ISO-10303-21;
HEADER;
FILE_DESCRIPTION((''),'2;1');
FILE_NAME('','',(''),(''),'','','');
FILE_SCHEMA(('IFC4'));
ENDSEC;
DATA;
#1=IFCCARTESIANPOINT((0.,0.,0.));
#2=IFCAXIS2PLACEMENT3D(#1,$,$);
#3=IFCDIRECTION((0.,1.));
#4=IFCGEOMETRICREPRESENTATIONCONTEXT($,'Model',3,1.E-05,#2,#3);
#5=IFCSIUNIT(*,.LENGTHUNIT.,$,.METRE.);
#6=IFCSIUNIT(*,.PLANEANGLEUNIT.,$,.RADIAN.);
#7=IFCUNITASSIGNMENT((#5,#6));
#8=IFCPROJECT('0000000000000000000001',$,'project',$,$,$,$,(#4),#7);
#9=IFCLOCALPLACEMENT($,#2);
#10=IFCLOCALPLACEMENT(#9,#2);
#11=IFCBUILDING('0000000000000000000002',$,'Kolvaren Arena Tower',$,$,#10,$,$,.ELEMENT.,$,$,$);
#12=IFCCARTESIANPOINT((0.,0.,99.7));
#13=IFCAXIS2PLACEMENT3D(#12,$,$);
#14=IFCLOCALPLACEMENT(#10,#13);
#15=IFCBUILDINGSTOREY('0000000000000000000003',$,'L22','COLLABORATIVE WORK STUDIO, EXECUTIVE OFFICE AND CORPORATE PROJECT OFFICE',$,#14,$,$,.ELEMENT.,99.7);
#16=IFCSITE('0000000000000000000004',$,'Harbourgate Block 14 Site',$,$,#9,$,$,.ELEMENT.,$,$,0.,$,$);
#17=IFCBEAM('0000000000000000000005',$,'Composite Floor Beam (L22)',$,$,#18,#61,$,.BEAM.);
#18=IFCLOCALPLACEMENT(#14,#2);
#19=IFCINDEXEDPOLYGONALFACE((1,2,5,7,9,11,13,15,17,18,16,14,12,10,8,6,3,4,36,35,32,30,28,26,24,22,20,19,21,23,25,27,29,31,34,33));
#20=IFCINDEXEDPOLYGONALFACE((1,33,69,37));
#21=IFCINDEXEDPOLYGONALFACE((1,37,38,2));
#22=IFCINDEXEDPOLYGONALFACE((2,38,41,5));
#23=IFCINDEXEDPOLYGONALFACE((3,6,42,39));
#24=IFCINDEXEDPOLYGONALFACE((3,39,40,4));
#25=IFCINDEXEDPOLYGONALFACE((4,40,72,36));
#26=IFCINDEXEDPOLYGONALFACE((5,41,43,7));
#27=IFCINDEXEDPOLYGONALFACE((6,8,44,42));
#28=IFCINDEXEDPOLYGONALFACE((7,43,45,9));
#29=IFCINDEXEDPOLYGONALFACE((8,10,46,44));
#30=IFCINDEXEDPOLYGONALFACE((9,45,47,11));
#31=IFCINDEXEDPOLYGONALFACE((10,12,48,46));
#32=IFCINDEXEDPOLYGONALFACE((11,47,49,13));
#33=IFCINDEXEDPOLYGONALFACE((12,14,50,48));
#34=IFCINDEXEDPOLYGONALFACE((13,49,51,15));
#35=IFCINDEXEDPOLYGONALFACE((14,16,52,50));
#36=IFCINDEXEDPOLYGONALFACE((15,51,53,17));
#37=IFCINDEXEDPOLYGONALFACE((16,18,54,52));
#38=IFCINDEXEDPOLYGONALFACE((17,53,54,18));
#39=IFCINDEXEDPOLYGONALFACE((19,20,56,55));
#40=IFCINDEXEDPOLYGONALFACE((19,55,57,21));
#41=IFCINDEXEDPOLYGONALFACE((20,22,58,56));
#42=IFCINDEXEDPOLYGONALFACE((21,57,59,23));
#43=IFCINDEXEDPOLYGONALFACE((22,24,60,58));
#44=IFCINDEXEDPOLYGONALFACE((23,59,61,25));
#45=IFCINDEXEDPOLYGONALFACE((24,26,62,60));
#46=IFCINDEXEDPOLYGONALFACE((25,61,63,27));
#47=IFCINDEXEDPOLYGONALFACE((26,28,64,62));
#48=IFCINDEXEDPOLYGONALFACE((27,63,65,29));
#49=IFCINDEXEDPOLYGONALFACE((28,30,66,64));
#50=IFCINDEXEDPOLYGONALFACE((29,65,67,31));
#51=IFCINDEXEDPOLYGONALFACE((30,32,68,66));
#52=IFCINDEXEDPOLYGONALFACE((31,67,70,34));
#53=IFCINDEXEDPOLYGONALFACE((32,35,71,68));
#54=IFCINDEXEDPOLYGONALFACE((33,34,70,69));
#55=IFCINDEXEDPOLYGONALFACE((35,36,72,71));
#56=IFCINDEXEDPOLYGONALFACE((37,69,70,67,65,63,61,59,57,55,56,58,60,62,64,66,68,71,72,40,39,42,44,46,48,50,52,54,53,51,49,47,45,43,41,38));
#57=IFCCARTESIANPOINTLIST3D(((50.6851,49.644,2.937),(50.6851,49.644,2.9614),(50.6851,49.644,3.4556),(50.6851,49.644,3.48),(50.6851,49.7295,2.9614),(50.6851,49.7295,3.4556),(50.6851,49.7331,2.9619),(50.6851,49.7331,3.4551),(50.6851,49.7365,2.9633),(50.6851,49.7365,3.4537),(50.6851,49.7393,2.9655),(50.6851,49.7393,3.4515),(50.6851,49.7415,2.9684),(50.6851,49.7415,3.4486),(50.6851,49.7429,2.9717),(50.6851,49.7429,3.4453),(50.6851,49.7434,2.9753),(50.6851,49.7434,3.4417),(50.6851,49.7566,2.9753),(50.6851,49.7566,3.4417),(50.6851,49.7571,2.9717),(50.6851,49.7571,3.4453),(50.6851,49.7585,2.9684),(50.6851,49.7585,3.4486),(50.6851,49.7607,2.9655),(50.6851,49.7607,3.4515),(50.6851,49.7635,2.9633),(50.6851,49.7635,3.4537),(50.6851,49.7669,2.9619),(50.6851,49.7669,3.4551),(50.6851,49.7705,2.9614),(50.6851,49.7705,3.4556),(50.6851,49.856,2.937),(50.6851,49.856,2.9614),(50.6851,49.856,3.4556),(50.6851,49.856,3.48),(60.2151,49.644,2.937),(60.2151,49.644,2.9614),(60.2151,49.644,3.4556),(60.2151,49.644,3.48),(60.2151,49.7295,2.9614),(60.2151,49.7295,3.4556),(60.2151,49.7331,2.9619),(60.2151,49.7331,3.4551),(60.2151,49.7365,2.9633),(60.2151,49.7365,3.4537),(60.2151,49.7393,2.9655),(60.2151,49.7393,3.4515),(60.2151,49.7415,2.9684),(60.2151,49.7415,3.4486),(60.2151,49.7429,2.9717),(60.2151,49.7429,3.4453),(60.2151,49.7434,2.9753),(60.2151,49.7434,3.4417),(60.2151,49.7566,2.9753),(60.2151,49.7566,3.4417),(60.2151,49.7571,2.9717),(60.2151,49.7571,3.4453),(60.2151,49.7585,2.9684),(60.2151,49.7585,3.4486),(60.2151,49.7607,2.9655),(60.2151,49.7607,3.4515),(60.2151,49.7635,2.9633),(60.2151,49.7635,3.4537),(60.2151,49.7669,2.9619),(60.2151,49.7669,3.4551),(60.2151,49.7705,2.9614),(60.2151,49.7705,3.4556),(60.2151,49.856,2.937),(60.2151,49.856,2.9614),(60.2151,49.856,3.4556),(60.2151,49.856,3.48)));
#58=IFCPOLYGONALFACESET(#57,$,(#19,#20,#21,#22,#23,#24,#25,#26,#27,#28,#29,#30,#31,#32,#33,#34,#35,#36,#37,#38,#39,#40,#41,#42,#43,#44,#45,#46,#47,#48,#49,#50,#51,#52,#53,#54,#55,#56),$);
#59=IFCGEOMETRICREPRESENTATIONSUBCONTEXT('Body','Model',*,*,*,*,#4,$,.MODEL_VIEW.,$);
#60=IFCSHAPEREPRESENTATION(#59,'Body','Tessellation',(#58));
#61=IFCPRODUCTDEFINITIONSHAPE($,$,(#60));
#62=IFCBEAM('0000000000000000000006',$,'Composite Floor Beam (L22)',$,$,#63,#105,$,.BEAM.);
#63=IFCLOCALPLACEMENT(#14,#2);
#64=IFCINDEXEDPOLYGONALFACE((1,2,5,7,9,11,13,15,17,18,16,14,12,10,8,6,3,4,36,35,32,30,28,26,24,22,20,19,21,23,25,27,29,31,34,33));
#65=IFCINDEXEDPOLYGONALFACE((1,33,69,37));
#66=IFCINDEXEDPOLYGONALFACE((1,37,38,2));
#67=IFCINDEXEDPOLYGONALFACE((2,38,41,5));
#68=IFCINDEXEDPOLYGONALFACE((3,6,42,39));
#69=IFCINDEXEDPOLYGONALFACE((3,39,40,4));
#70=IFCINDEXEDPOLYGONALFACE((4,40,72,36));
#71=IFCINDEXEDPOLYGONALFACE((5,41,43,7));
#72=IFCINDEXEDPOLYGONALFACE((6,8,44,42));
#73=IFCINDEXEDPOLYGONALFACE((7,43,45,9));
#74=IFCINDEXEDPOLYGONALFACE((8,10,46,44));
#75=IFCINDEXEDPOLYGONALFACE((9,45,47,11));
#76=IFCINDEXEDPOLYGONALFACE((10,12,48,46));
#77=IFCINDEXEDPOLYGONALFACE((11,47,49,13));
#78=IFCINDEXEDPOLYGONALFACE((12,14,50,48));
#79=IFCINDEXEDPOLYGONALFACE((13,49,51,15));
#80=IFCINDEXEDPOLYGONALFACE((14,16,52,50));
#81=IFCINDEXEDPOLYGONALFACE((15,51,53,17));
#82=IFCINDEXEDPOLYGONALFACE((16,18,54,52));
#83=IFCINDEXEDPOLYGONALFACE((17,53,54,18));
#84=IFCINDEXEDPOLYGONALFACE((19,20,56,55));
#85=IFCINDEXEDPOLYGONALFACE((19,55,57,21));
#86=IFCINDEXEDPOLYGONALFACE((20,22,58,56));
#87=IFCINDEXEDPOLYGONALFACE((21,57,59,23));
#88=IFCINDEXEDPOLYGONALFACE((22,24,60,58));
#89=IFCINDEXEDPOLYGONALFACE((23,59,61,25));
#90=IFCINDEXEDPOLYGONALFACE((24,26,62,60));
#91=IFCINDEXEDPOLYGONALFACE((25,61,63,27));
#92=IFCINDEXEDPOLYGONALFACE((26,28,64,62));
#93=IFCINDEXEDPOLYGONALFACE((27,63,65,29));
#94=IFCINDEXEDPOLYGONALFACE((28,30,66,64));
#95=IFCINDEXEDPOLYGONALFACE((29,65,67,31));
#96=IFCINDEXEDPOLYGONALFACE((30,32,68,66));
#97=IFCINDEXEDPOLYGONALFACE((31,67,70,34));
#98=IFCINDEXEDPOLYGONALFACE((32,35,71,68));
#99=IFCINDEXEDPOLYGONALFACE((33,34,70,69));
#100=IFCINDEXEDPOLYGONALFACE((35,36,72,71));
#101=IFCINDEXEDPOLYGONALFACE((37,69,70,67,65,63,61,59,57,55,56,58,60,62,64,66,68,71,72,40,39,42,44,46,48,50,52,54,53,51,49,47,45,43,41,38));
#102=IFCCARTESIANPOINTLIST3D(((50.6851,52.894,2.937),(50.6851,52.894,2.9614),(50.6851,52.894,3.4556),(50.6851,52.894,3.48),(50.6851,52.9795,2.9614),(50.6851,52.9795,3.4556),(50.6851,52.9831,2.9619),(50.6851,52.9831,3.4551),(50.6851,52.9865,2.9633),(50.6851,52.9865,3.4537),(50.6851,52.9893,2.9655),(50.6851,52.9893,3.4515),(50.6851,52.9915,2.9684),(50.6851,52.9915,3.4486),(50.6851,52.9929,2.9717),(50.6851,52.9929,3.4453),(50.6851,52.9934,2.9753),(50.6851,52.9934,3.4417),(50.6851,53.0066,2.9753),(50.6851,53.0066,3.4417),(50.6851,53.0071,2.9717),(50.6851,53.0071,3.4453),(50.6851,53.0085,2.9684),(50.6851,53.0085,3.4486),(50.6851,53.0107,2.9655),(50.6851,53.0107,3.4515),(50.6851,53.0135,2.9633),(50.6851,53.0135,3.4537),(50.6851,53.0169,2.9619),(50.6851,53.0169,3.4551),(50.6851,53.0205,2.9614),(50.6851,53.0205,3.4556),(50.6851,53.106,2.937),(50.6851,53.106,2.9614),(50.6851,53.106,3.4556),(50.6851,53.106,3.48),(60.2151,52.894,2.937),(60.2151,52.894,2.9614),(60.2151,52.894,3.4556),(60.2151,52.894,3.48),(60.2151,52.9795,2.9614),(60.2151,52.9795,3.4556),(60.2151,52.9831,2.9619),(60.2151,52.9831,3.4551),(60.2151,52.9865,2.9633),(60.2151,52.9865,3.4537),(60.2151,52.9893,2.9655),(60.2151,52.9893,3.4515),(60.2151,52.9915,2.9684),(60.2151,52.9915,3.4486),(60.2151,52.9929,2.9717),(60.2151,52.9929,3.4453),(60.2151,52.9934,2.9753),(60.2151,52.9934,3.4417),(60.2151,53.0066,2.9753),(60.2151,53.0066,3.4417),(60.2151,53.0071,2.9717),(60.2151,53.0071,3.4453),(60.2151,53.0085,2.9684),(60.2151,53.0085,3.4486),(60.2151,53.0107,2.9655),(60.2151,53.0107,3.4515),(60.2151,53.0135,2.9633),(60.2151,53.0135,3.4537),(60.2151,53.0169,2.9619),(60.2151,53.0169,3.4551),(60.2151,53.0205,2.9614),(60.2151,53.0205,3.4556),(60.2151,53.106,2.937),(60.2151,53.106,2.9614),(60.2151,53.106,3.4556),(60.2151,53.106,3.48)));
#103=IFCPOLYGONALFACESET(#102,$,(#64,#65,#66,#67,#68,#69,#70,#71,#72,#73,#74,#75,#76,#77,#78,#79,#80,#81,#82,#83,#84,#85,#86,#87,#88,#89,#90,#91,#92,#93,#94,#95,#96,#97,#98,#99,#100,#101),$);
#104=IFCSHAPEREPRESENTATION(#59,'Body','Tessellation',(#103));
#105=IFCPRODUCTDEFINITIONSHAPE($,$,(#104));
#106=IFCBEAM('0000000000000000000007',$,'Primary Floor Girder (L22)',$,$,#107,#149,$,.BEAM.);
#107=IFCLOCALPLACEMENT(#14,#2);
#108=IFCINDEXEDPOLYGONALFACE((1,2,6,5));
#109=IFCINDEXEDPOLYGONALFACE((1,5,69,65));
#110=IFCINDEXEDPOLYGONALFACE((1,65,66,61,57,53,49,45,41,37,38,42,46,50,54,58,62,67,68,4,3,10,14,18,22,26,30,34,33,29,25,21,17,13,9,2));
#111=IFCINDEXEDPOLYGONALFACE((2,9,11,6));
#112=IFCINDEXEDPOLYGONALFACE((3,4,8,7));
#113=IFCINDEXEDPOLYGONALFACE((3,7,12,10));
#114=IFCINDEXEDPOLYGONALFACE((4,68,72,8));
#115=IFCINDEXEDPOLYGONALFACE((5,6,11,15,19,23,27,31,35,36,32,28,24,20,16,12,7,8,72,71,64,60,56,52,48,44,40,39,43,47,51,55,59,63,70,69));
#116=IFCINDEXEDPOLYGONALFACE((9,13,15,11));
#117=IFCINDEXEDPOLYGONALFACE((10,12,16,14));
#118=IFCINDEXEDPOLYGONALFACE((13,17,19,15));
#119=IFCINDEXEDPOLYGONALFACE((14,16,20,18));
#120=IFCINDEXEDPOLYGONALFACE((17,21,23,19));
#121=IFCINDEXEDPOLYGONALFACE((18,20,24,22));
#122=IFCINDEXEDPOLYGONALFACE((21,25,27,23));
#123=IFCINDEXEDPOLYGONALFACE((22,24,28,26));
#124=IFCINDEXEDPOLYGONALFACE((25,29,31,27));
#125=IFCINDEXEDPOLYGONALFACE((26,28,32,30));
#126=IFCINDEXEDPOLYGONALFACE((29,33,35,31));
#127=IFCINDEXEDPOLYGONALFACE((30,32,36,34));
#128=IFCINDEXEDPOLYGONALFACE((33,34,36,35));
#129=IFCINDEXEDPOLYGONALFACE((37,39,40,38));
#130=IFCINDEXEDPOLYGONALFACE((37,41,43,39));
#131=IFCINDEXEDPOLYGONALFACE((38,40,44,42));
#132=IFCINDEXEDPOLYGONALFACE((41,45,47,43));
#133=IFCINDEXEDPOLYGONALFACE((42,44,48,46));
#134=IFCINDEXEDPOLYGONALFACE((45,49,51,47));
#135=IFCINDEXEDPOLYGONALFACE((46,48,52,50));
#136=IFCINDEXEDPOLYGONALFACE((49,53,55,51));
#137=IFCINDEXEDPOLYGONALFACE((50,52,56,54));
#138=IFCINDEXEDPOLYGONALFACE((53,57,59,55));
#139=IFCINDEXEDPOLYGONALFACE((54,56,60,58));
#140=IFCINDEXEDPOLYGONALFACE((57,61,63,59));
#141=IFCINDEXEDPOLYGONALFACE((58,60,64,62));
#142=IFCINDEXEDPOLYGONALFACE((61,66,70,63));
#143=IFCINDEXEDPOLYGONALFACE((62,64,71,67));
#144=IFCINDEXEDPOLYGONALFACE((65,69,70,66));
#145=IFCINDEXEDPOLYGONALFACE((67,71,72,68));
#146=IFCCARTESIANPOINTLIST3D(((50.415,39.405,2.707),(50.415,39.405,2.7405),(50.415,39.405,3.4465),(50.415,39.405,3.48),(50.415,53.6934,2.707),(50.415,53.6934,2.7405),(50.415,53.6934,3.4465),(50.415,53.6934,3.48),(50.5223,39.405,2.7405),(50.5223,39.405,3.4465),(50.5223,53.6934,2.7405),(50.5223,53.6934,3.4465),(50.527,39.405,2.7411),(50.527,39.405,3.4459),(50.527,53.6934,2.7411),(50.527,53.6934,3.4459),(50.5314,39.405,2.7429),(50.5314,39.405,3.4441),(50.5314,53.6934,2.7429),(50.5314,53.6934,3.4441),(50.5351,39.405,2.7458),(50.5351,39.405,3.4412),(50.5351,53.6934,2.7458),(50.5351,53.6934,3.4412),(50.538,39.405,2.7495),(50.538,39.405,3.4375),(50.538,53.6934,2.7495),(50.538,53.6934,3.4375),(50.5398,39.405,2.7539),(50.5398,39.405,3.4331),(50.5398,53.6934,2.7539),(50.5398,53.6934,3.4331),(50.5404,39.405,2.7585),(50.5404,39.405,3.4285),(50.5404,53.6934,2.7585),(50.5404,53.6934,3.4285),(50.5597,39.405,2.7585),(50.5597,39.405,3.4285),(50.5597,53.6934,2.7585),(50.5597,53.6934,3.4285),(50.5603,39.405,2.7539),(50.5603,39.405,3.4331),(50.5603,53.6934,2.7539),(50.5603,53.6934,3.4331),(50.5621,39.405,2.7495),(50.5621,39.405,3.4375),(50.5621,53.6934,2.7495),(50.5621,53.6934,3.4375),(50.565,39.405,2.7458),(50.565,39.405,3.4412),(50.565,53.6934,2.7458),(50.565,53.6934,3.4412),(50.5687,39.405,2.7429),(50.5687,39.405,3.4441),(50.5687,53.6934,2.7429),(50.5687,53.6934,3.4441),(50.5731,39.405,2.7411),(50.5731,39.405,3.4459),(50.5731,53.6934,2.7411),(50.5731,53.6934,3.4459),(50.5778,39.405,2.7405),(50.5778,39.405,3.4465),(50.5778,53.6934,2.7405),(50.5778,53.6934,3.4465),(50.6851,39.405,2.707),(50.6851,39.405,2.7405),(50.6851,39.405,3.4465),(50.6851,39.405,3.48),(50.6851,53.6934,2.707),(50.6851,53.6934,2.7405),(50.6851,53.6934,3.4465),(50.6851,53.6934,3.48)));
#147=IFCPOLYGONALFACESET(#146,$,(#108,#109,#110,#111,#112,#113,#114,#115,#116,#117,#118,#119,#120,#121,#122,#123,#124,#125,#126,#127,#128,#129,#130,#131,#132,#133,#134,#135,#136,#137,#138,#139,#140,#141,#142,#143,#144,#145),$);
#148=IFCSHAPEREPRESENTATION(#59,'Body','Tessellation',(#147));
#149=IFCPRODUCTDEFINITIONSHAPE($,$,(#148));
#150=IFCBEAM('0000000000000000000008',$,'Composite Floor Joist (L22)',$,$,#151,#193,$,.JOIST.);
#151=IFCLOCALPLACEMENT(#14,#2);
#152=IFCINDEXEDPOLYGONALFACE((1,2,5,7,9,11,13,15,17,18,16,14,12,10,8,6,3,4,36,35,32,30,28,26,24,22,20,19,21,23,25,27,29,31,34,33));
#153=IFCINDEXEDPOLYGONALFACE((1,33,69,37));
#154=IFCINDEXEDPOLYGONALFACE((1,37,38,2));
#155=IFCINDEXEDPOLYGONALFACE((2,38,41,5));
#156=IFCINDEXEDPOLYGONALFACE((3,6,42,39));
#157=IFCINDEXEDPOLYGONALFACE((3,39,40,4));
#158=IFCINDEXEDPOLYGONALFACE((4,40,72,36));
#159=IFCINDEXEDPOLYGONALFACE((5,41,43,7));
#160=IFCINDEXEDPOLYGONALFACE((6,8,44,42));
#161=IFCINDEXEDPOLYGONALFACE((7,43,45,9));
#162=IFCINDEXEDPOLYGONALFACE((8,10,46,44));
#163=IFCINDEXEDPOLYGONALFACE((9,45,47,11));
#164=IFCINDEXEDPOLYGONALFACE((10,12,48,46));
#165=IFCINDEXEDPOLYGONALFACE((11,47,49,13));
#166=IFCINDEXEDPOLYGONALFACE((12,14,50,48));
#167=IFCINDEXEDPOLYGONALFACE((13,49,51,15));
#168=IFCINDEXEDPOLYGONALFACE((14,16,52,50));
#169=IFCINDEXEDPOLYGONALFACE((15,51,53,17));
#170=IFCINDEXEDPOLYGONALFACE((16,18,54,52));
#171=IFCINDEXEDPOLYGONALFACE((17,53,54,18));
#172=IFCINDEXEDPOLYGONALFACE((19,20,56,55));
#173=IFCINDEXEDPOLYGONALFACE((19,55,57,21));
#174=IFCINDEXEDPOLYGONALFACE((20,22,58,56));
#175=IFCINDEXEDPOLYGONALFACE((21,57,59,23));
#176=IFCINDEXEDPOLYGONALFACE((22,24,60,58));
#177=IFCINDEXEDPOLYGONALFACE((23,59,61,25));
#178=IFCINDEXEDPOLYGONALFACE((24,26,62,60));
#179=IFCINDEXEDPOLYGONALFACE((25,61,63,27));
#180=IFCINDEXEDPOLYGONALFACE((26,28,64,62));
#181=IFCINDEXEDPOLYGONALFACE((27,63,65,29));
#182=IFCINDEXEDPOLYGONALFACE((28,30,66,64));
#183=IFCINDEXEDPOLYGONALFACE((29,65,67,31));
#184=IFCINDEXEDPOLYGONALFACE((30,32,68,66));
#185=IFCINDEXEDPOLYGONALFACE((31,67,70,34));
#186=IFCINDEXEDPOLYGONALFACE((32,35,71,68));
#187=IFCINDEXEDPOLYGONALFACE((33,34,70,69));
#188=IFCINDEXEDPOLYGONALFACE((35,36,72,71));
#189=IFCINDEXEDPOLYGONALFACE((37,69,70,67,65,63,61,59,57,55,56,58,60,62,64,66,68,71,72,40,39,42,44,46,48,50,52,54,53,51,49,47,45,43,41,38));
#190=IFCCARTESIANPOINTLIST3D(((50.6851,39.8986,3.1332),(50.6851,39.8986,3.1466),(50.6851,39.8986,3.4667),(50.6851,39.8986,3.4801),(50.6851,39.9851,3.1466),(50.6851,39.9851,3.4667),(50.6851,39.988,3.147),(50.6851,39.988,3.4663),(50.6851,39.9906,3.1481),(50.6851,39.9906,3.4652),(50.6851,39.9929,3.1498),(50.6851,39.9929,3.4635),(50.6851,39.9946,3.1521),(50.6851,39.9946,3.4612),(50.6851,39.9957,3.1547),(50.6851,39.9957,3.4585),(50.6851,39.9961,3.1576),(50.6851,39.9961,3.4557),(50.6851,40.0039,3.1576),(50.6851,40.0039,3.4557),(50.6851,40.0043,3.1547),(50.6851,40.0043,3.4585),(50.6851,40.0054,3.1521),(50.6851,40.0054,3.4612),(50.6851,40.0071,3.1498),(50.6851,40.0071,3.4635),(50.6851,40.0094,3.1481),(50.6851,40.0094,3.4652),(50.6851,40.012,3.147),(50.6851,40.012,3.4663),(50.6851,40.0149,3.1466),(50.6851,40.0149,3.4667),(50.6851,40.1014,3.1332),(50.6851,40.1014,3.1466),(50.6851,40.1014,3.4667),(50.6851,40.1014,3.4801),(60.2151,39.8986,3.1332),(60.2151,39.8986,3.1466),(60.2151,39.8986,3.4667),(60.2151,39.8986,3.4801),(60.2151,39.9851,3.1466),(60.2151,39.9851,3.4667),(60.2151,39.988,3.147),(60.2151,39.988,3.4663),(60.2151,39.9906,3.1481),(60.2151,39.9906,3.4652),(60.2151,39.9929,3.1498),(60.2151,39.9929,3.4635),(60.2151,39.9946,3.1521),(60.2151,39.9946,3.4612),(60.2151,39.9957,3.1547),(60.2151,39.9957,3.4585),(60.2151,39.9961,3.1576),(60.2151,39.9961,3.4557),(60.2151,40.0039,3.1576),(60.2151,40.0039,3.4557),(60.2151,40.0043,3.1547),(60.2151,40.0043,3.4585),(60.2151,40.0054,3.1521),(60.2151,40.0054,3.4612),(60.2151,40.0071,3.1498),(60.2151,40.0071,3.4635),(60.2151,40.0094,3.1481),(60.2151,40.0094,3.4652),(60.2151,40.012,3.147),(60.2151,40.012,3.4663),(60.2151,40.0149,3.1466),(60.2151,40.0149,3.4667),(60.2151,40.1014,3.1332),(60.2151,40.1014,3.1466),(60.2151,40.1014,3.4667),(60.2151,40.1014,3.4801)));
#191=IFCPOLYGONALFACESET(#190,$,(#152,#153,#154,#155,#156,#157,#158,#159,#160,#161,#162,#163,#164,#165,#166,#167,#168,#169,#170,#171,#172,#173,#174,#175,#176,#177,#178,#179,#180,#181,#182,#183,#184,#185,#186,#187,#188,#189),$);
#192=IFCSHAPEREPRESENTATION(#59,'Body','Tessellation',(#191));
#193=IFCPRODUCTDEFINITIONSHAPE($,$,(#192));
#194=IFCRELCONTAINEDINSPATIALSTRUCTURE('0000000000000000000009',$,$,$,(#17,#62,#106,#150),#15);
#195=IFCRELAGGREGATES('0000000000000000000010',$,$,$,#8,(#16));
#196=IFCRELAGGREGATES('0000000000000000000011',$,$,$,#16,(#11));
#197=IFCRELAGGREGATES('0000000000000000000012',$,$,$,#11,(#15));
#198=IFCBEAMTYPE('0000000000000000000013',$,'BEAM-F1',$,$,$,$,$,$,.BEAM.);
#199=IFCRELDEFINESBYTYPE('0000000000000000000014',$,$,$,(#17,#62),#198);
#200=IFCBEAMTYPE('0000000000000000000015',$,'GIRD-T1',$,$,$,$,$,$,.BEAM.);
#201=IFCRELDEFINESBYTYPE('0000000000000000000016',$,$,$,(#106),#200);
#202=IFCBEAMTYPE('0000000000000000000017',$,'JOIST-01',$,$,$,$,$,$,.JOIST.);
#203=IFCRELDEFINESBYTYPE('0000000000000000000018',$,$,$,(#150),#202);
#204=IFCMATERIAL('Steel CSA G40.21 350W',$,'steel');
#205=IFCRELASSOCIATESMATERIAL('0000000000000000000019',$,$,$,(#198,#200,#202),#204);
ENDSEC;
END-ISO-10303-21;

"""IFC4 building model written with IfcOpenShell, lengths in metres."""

from ifc_helpers import new_model, si_unit, direction, frame, origin, origin_2d, place, context, subcontext, project, spatial, i_section, extrude, material, material_profile, profile_set, type_object, element, save


model = new_model("IFC4")

# Units and contexts
model_context = context("Model", 3, precision=1e-05, world=origin(), true_north=direction((0.0, 1.0)))
body_context = subcontext(model_context, "Body", "Model", "MODEL_VIEW")
ifc_project = project(units=[si_unit("LENGTHUNIT", "METRE"), si_unit("PLANEANGLEUNIT", "RADIAN")], contexts=[model_context])

# Site, building, storey
site_placement = place(None, origin())
site = spatial("IfcSite", under=ifc_project, at=site_placement, Name="Harbourgate Block 14 Site", CompositionType="ELEMENT", RefElevation=0.0)
building_placement = place(site_placement, origin())
building = spatial("IfcBuilding", under=site, at=building_placement, Name="Kolvaren Arena Tower", CompositionType="ELEMENT")
storey_placement = place(building_placement, frame((0.0, 0.0, 99.7)))
storey = spatial("IfcBuildingStorey", under=building, at=storey_placement, Name="L22", Description="COLLABORATIVE WORK STUDIO, EXECUTIVE OFFICE AND CORPORATE PROJECT OFFICE", CompositionType="ELEMENT", Elevation=99.7)

# Beams
ifc_material_1 = material(Name="Steel CSA G40.21 350W", Category="steel")
ifc_material_profile_1 = material_profile(ifc_material_1, i_section(OverallWidth=0.2119, OverallDepth=0.543, WebThickness=0.0132, FlangeThickness=0.0244, FilletRadius=0.0139, at=origin_2d()), Name="W530x150")
ifc_profile_set_1 = profile_set([ifc_material_profile_1], Name="Steel CSA G40.21 350W")
beam_type_1 = type_object("IfcBeamType", Name="BEAM-F1", PredefinedType="BEAM", material=ifc_profile_set_1)
for number, where, z_axis, x_axis, name in (
    (1, (50.6851, 49.75, 3.2085), (1.0, 0.0, 0.0), (0.0, 1.0, 0.0), "Composite Floor Beam (L22)"),
    (2, (50.6851, 53.0, 3.2085), (1.0, 0.0, 0.0), (0.0, 1.0, 0.0), "Composite Floor Beam (L22)"),
):
    element("IfcBeam", number, at=place(storey_placement, frame(where, z_axis=z_axis, x_axis=x_axis)), inside=storey, type_object=beam_type_1, Name=name, PredefinedType="BEAM", context=body_context, shape_type="SweptSolid", body=[
        extrude(i_section(OverallWidth=0.2119, OverallDepth=0.543, WebThickness=0.0132, FlangeThickness=0.0244, FilletRadius=0.0139, at=origin_2d()), origin(), (0.0, 0.0, 1.0), 9.53),
    ])
ifc_material_profile_2 = material_profile(ifc_material_1, i_section(OverallWidth=0.27, OverallDepth=0.7729, WebThickness=0.0193, FlangeThickness=0.0334, FilletRadius=0.0181, at=origin_2d()), Name="W760x257")
ifc_profile_set_2 = profile_set([ifc_material_profile_2], Name="Steel CSA G40.21 350W")
beam_type_2 = type_object("IfcBeamType", Name="GIRD-T1", PredefinedType="BEAM", material=ifc_profile_set_2)
beam_1_placement = place(storey_placement, frame((50.55, 39.405, 3.0935), z_axis=(0.0, 1.0, 0.0), x_axis=(-1.0, 0.0, 0.0)))
element("IfcBeam", 3, at=beam_1_placement, inside=storey, type_object=beam_type_2, Name="Primary Floor Girder (L22)", PredefinedType="BEAM", context=body_context, shape_type="SweptSolid", body=[
    extrude(i_section(OverallWidth=0.27, OverallDepth=0.7729, WebThickness=0.0193, FlangeThickness=0.0334, FilletRadius=0.0181, at=origin_2d()), origin(), (0.0, 0.0, 1.0), 14.2883),
])
ifc_material_profile_3 = material_profile(ifc_material_1, i_section(OverallWidth=0.2029, OverallDepth=0.3469, WebThickness=0.0078, FlangeThickness=0.0134, FilletRadius=0.011, at=origin_2d()), Name="W360x64")
ifc_profile_set_3 = profile_set([ifc_material_profile_3], Name="Steel CSA G40.21 350W")
beam_type_3 = type_object("IfcBeamType", Name="JOIST-01", PredefinedType="JOIST", material=ifc_profile_set_3)
beam_2_placement = place(storey_placement, frame((50.6851, 40.0, 3.3066), z_axis=(1.0, 0.0, 0.0), x_axis=(0.0, 1.0, 0.0)))
element("IfcBeam", 4, at=beam_2_placement, inside=storey, type_object=beam_type_3, Name="Composite Floor Joist (L22)", PredefinedType="JOIST", context=body_context, shape_type="SweptSolid", body=[
    extrude(i_section(OverallWidth=0.2029, OverallDepth=0.3469, WebThickness=0.0078, FlangeThickness=0.0134, FilletRadius=0.011, at=origin_2d()), origin(), (0.0, 0.0, 1.0), 9.53),
])

save(model, "model.ifc")
